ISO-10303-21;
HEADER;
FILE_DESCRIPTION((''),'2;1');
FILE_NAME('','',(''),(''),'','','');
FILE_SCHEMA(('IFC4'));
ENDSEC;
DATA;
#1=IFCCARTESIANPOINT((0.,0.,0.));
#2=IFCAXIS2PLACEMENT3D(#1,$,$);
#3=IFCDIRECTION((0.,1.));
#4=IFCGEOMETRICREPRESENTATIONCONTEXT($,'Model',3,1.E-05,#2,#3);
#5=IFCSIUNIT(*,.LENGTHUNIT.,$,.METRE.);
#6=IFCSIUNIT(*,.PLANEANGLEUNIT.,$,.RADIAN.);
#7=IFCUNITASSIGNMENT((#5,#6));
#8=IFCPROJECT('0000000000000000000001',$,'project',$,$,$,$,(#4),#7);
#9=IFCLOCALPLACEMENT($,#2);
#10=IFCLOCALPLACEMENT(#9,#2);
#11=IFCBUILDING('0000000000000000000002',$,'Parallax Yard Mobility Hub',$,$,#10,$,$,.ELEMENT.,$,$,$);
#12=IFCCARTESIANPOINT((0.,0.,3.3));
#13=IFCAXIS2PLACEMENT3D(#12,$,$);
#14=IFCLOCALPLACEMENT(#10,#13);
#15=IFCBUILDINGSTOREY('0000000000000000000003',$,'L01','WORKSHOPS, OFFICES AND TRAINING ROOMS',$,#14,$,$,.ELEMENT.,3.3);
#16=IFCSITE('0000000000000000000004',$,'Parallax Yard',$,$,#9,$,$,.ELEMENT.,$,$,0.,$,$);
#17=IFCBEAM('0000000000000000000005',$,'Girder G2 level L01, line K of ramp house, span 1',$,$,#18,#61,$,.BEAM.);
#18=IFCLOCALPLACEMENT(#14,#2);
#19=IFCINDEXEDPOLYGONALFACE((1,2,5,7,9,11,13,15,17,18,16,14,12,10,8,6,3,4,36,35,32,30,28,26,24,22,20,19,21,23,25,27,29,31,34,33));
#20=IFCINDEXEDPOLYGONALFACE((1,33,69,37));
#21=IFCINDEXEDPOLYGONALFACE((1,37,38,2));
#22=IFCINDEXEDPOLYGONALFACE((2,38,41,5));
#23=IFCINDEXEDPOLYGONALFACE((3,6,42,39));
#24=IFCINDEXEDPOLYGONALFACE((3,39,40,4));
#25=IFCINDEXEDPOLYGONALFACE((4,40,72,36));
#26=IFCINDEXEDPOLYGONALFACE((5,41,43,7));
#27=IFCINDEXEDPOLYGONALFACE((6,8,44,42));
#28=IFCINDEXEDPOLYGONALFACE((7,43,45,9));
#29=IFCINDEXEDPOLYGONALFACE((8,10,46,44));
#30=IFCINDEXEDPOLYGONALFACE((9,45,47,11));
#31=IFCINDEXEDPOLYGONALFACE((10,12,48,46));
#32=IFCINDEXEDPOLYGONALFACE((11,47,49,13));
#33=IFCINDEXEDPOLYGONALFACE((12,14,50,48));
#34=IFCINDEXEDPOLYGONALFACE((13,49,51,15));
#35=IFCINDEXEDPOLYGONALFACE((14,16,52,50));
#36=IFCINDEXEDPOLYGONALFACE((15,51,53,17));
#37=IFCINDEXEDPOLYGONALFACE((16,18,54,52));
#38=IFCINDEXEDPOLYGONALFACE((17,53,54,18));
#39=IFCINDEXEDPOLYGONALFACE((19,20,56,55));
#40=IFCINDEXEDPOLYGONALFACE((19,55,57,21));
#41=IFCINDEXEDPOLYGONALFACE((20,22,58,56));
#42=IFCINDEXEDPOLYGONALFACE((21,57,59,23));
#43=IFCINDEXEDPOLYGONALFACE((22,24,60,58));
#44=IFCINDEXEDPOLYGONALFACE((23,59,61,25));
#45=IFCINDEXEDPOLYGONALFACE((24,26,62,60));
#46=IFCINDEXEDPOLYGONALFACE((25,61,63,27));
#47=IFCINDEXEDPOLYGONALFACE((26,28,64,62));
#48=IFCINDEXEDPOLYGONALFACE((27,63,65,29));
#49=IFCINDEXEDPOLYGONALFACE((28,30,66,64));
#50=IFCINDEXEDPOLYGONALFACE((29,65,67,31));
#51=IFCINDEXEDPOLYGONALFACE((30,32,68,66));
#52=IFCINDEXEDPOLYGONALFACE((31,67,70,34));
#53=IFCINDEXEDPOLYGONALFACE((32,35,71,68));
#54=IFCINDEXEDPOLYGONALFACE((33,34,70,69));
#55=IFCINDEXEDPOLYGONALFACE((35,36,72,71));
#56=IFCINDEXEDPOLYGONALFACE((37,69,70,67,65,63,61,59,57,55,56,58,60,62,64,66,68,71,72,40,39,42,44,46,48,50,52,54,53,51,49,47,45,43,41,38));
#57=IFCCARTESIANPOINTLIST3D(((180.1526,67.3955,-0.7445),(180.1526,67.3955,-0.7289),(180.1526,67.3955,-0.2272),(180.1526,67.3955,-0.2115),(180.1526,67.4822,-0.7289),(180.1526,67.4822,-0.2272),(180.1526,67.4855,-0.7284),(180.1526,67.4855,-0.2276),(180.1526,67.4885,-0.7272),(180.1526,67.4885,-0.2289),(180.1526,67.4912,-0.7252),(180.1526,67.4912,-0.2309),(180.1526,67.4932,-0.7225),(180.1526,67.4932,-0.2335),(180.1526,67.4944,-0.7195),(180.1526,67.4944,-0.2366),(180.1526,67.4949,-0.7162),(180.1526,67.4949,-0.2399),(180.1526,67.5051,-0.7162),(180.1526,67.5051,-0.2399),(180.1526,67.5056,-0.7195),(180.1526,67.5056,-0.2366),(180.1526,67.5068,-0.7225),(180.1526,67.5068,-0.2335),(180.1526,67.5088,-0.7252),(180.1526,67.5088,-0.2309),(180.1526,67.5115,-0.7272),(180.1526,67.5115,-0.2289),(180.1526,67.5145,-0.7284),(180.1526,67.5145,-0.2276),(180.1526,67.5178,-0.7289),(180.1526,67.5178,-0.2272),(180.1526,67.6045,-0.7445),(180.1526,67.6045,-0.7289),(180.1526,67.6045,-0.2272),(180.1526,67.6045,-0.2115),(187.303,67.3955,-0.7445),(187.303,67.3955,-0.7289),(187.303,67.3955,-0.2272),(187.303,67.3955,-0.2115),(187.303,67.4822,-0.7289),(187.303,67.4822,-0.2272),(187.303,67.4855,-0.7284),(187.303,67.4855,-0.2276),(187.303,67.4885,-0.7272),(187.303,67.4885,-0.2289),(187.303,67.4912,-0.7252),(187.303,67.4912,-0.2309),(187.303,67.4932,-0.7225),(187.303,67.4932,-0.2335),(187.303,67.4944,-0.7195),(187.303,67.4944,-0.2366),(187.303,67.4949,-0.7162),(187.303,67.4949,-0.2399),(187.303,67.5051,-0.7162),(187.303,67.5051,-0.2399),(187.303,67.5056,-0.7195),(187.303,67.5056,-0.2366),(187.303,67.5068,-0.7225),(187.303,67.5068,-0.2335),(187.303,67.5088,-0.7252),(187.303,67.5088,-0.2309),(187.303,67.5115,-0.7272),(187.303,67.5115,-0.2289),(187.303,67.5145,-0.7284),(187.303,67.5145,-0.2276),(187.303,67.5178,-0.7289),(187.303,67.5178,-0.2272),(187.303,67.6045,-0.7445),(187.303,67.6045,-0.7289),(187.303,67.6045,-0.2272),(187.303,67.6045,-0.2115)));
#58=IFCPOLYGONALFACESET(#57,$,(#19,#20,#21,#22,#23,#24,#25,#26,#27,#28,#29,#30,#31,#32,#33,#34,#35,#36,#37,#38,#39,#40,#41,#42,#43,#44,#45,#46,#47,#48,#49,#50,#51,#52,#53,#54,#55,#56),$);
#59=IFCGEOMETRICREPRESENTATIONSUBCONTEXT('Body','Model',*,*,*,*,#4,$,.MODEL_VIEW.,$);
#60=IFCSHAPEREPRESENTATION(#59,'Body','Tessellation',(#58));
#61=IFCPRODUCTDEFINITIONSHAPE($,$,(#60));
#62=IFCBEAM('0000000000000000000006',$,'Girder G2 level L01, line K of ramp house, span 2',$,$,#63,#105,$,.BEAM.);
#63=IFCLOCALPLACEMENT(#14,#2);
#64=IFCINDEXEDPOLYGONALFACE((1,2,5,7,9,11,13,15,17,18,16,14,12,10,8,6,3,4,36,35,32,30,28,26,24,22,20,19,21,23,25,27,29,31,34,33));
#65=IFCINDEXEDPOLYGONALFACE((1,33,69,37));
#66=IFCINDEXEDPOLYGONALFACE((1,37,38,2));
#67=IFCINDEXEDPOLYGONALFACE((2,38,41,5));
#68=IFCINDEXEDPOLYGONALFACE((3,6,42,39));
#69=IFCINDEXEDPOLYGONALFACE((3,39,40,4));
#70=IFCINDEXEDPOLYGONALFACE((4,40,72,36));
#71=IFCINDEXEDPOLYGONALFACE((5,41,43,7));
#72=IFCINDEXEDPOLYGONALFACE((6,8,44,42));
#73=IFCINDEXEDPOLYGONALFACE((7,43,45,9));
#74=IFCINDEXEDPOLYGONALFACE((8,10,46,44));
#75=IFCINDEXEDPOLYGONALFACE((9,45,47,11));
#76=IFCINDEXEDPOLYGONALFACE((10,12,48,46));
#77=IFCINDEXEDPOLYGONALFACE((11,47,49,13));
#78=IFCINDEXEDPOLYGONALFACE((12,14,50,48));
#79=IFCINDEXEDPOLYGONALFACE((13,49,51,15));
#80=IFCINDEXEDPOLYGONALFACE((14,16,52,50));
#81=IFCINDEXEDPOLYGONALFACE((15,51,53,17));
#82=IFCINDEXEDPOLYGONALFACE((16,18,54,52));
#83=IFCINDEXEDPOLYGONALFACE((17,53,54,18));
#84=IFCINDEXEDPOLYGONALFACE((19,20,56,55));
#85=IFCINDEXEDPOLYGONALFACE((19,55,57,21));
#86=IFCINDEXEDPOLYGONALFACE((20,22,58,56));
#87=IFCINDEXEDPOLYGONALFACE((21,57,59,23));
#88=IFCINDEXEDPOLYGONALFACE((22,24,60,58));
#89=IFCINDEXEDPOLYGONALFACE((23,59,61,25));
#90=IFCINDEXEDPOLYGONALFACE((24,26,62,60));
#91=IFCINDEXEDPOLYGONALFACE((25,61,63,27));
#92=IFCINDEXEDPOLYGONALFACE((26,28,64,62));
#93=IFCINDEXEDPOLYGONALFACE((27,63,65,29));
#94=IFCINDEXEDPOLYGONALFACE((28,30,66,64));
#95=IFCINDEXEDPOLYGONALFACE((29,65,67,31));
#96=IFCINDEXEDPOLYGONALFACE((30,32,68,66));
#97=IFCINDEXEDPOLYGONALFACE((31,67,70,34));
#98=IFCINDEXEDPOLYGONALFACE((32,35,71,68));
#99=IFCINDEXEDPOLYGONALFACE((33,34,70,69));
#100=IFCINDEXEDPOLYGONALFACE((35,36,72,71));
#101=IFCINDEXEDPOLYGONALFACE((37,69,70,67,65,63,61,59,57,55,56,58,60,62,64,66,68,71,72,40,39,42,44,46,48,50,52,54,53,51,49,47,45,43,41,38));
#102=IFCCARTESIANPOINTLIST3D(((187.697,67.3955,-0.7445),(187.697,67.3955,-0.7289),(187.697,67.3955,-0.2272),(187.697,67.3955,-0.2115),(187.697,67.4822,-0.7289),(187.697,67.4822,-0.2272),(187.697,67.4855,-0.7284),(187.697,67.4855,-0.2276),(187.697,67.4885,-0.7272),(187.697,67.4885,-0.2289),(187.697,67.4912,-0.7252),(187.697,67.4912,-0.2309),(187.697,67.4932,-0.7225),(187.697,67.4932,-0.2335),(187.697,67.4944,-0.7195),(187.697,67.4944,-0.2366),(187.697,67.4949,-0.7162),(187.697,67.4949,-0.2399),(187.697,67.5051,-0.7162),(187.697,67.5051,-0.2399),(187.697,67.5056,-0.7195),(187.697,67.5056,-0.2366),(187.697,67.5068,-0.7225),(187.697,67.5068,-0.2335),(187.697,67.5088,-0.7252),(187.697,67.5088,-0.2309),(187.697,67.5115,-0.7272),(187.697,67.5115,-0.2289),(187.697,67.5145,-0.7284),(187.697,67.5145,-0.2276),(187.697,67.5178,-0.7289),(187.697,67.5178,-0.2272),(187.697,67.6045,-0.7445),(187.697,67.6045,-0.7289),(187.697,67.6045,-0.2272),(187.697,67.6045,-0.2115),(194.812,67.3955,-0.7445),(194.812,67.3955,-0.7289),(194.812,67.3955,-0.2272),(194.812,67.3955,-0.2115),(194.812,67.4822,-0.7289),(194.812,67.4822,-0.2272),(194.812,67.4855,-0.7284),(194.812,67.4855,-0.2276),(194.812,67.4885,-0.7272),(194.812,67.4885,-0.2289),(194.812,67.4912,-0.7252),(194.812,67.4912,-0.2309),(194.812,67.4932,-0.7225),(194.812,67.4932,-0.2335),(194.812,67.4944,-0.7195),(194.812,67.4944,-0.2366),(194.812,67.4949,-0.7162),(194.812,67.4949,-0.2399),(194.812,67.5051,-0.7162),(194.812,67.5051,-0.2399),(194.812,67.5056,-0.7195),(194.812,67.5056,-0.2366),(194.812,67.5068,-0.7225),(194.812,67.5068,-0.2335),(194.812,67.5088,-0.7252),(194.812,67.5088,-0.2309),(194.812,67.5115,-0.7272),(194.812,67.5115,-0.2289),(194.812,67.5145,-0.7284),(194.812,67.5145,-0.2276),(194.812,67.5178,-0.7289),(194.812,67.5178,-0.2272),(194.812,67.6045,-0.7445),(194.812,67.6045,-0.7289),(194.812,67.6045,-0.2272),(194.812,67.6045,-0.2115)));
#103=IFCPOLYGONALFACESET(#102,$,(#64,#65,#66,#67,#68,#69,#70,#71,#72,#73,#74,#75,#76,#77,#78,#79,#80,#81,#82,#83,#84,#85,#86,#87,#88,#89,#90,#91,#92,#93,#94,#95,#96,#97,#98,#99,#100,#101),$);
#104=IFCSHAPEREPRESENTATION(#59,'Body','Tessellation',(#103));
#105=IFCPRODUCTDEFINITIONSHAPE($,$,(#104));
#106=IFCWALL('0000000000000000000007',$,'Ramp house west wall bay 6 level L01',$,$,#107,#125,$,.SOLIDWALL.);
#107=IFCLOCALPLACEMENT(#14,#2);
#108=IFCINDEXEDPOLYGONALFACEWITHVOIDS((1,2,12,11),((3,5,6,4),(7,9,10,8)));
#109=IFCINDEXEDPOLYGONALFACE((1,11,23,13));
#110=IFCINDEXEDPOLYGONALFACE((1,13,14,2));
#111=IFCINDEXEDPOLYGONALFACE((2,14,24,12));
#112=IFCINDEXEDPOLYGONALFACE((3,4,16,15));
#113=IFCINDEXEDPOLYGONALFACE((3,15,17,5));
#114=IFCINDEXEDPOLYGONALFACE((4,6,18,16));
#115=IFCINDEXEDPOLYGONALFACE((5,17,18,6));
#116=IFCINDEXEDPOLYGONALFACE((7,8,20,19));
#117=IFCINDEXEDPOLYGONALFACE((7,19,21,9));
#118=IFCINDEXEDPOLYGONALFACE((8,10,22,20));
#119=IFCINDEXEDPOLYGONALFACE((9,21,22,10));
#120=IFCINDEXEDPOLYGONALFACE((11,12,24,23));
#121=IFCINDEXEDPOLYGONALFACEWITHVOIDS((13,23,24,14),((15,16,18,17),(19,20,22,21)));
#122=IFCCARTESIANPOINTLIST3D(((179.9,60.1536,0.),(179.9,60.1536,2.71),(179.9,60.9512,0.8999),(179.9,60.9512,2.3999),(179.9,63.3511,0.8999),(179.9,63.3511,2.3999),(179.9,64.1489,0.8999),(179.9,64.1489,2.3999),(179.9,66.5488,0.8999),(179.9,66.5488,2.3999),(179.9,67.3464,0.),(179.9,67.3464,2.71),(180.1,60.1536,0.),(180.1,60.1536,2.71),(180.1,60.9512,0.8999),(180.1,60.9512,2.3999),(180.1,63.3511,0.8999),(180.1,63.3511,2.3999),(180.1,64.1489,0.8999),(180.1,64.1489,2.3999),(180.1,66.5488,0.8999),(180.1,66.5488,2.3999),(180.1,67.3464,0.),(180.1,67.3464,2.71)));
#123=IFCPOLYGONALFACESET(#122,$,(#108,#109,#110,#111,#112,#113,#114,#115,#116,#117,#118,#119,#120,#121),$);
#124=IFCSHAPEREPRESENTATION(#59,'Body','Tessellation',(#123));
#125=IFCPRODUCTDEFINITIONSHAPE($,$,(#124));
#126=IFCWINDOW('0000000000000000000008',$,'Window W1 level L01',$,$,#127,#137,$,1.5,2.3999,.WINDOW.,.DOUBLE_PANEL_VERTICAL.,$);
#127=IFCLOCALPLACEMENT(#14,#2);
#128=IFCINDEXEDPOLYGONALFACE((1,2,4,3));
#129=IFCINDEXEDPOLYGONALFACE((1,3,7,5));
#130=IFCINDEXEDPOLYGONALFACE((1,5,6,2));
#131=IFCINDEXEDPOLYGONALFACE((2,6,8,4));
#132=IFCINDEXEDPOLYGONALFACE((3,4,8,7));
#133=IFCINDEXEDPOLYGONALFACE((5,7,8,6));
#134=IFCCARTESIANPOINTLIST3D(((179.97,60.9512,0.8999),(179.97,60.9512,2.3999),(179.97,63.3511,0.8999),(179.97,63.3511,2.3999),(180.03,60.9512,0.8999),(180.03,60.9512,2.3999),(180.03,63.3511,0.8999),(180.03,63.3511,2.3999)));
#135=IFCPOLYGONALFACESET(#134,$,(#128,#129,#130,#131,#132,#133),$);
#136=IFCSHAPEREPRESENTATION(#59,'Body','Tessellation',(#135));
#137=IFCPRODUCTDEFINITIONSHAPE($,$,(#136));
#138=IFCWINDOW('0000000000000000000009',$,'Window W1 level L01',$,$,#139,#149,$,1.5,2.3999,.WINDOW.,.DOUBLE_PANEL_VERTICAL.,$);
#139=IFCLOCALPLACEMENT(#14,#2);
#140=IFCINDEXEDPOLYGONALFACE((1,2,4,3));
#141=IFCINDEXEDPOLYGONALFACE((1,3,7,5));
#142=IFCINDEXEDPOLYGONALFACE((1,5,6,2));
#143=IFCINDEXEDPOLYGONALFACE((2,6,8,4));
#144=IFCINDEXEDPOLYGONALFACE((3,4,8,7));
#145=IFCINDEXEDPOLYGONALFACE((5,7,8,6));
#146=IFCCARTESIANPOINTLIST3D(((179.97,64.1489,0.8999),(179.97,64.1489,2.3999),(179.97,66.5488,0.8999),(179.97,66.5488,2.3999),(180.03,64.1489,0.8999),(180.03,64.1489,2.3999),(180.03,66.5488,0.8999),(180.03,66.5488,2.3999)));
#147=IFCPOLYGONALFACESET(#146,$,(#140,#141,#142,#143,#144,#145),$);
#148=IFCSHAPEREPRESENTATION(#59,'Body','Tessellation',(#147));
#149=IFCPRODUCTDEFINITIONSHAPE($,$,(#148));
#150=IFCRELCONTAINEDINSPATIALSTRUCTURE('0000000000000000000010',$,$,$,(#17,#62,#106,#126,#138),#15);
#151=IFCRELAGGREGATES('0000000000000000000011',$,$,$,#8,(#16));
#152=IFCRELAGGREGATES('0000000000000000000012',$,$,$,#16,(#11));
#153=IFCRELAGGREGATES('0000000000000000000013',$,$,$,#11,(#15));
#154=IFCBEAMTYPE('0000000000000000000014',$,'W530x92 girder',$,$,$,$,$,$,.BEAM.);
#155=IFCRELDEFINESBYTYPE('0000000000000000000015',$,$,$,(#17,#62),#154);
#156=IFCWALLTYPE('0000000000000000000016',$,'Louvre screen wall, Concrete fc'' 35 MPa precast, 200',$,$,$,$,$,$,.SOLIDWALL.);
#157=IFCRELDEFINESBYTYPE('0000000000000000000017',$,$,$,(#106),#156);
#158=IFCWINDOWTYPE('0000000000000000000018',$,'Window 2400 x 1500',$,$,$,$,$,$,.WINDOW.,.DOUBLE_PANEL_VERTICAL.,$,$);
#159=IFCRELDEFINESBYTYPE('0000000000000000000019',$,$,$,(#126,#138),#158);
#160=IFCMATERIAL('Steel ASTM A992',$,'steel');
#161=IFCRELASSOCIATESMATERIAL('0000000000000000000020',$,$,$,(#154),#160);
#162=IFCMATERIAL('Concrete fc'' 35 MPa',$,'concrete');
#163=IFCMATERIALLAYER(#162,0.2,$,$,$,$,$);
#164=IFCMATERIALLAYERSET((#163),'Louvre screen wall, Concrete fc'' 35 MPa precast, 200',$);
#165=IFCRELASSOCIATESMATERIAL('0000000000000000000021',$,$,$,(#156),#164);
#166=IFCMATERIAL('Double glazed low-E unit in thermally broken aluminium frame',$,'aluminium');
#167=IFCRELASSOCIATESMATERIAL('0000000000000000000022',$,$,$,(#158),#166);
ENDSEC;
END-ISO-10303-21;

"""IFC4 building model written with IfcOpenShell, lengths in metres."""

from ifc_helpers import new_model, si_unit, direction, frame, frame_2d, origin, origin_2d, place, context, subcontext, project, spatial, rectangle, i_section, extrude, material, layer, layer_set, material_profile, profile_set, type_object, element, fill, save


model = new_model("IFC4")

# Units and contexts
model_context = context("Model", 3, precision=1e-05, world=origin(), true_north=direction((0.0, 1.0)))
body_context = subcontext(model_context, "Body", "Model", "MODEL_VIEW")
ifc_project = project(units=[si_unit("LENGTHUNIT", "METRE"), si_unit("PLANEANGLEUNIT", "RADIAN")], contexts=[model_context])

# Site, building, storey
site_placement = place(None, origin())
site = spatial("IfcSite", under=ifc_project, at=site_placement, Name="Parallax Yard", CompositionType="ELEMENT", RefElevation=0.0)
building_placement = place(site_placement, origin())
building = spatial("IfcBuilding", under=site, at=building_placement, Name="Parallax Yard Mobility Hub", CompositionType="ELEMENT")
storey_placement = place(building_placement, frame((0.0, 0.0, 3.3)))
storey = spatial("IfcBuildingStorey", under=building, at=storey_placement, Name="L01", Description="WORKSHOPS, OFFICES AND TRAINING ROOMS", CompositionType="ELEMENT", Elevation=3.3)

# Shared definitions
ifc_material_1 = material(Name="Steel ASTM A992", Category="steel")

# Beams
ifc_material_profile_1 = material_profile(ifc_material_1, i_section(OverallWidth=0.209, OverallDepth=0.533, WebThickness=0.0103, FlangeThickness=0.0156, FilletRadius=0.0127, at=origin_2d()), Name="W530x92")
ifc_profile_set_1 = profile_set([ifc_material_profile_1], Name="Steel ASTM A992")
beam_type_1 = type_object("IfcBeamType", Name="W530x92 girder", PredefinedType="BEAM", material=ifc_profile_set_1)
beam_1_placement = place(storey_placement, frame((180.1526, 67.5, -0.478), z_axis=(1.0, 0.0, 0.0), x_axis=(0.0, 1.0, 0.0)))
element("IfcBeam", 1, at=beam_1_placement, inside=storey, type_object=beam_type_1, Name="Girder G2 level L01, line K of ramp house, span 1", PredefinedType="BEAM", context=body_context, shape_type="SweptSolid", body=[
    extrude(i_section(OverallWidth=0.209, OverallDepth=0.533, WebThickness=0.0103, FlangeThickness=0.0156, FilletRadius=0.0127, at=origin_2d()), origin(), (0.0, 0.0, 1.0), 7.1504),
])
beam_2_placement = place(storey_placement, frame((187.697, 67.5, -0.478), z_axis=(1.0, 0.0, 0.0), x_axis=(0.0, 1.0, 0.0)))
element("IfcBeam", 2, at=beam_2_placement, inside=storey, type_object=beam_type_1, Name="Girder G2 level L01, line K of ramp house, span 2", PredefinedType="BEAM", context=body_context, shape_type="SweptSolid", body=[
    extrude(i_section(OverallWidth=0.209, OverallDepth=0.533, WebThickness=0.0103, FlangeThickness=0.0156, FilletRadius=0.0127, at=origin_2d()), origin(), (0.0, 0.0, 1.0), 7.115),
])

# Wall, openings, windows
ifc_material_2 = material(Name="Concrete fc' 35 MPa", Category="concrete")
ifc_layer = layer(ifc_material_2, 0.2)
ifc_layer_set = layer_set([ifc_layer], Name="Louvre screen wall, Concrete fc' 35 MPa precast, 200")
wall_type = type_object("IfcWallType", Name="Louvre screen wall, Concrete fc' 35 MPa precast, 200", PredefinedType="SOLIDWALL", material=ifc_layer_set)
wall_1_placement = place(storey_placement, frame((180.0, 60.1536, 0.0), z_axis=(0.0, 0.0, 1.0), x_axis=(0.0, 1.0, 0.0)))
wall_1 = element("IfcWall", 3, at=wall_1_placement, inside=storey, type_object=wall_type, Name="Ramp house west wall bay 6 level L01", PredefinedType="SOLIDWALL", context=body_context, shape_type="SweptSolid", body=[
    extrude(rectangle(XDim=7.1929, YDim=0.2, at=frame_2d((3.5964, 0.0))), origin(), (0.0, 0.0, 1.0), 2.71),
])
opening_1_placement = place(wall_1_placement, frame((0.7976, 0.0, 0.8999)))
opening_1 = element("IfcOpeningElement", 4, at=opening_1_placement, cuts=wall_1, PredefinedType="OPENING", context=body_context, shape_type="SweptSolid", body=[
    extrude(rectangle(XDim=2.3999, YDim=1.5, at=frame_2d((1.2, 0.75))), frame((0.0, 0.1099, 0.0), z_axis=(0.0, -1.0, 0.0), x_axis=(1.0, 0.0, 0.0)), (0.0, 0.0, 1.0), 0.22),
])
opening_2_placement = place(wall_1_placement, frame((3.9954, 0.0, 0.8999)))
opening_2 = element("IfcOpeningElement", 5, at=opening_2_placement, cuts=wall_1, PredefinedType="OPENING", context=body_context, shape_type="SweptSolid", body=[
    extrude(rectangle(XDim=2.3999, YDim=1.5, at=frame_2d((1.2, 0.75))), frame((0.0, 0.1099, 0.0), z_axis=(0.0, -1.0, 0.0), x_axis=(1.0, 0.0, 0.0)), (0.0, 0.0, 1.0), 0.22),
])
ifc_material_3 = material(Name="Double glazed low-E unit in thermally broken aluminium frame", Category="aluminium")
window_type = type_object("IfcWindowType", Name="Window 2400 x 1500", PartitioningType="DOUBLE_PANEL_VERTICAL", PredefinedType="WINDOW", material=ifc_material_3)
window_1_placement = place(opening_1_placement, origin())
window_1 = element("IfcWindow", 6, at=window_1_placement, inside=storey, type_object=window_type, Name="Window W1 level L01", OverallHeight=1.5, OverallWidth=2.3999, PartitioningType="DOUBLE_PANEL_VERTICAL", PredefinedType="WINDOW", context=body_context, shape_type="SweptSolid", body=[
    extrude(rectangle(XDim=2.3999, YDim=1.5, at=frame_2d((1.2, 0.75))), frame((0.0, 0.03, 0.0), z_axis=(0.0, -1.0, 0.0), x_axis=(1.0, 0.0, 0.0)), (0.0, 0.0, 1.0), 0.0601),
])
fill(opening_1, window_1)
window_2_placement = place(opening_2_placement, origin())
window_2 = element("IfcWindow", 7, at=window_2_placement, inside=storey, type_object=window_type, Name="Window W1 level L01", OverallHeight=1.5, OverallWidth=2.3999, PartitioningType="DOUBLE_PANEL_VERTICAL", PredefinedType="WINDOW", context=body_context, shape_type="SweptSolid", body=[
    extrude(rectangle(XDim=2.3999, YDim=1.5, at=frame_2d((1.2, 0.75))), frame((0.0, 0.03, 0.0), z_axis=(0.0, -1.0, 0.0), x_axis=(1.0, 0.0, 0.0)), (0.0, 0.0, 1.0), 0.0601),
])
fill(opening_2, window_2)

save(model, "model.ifc")
